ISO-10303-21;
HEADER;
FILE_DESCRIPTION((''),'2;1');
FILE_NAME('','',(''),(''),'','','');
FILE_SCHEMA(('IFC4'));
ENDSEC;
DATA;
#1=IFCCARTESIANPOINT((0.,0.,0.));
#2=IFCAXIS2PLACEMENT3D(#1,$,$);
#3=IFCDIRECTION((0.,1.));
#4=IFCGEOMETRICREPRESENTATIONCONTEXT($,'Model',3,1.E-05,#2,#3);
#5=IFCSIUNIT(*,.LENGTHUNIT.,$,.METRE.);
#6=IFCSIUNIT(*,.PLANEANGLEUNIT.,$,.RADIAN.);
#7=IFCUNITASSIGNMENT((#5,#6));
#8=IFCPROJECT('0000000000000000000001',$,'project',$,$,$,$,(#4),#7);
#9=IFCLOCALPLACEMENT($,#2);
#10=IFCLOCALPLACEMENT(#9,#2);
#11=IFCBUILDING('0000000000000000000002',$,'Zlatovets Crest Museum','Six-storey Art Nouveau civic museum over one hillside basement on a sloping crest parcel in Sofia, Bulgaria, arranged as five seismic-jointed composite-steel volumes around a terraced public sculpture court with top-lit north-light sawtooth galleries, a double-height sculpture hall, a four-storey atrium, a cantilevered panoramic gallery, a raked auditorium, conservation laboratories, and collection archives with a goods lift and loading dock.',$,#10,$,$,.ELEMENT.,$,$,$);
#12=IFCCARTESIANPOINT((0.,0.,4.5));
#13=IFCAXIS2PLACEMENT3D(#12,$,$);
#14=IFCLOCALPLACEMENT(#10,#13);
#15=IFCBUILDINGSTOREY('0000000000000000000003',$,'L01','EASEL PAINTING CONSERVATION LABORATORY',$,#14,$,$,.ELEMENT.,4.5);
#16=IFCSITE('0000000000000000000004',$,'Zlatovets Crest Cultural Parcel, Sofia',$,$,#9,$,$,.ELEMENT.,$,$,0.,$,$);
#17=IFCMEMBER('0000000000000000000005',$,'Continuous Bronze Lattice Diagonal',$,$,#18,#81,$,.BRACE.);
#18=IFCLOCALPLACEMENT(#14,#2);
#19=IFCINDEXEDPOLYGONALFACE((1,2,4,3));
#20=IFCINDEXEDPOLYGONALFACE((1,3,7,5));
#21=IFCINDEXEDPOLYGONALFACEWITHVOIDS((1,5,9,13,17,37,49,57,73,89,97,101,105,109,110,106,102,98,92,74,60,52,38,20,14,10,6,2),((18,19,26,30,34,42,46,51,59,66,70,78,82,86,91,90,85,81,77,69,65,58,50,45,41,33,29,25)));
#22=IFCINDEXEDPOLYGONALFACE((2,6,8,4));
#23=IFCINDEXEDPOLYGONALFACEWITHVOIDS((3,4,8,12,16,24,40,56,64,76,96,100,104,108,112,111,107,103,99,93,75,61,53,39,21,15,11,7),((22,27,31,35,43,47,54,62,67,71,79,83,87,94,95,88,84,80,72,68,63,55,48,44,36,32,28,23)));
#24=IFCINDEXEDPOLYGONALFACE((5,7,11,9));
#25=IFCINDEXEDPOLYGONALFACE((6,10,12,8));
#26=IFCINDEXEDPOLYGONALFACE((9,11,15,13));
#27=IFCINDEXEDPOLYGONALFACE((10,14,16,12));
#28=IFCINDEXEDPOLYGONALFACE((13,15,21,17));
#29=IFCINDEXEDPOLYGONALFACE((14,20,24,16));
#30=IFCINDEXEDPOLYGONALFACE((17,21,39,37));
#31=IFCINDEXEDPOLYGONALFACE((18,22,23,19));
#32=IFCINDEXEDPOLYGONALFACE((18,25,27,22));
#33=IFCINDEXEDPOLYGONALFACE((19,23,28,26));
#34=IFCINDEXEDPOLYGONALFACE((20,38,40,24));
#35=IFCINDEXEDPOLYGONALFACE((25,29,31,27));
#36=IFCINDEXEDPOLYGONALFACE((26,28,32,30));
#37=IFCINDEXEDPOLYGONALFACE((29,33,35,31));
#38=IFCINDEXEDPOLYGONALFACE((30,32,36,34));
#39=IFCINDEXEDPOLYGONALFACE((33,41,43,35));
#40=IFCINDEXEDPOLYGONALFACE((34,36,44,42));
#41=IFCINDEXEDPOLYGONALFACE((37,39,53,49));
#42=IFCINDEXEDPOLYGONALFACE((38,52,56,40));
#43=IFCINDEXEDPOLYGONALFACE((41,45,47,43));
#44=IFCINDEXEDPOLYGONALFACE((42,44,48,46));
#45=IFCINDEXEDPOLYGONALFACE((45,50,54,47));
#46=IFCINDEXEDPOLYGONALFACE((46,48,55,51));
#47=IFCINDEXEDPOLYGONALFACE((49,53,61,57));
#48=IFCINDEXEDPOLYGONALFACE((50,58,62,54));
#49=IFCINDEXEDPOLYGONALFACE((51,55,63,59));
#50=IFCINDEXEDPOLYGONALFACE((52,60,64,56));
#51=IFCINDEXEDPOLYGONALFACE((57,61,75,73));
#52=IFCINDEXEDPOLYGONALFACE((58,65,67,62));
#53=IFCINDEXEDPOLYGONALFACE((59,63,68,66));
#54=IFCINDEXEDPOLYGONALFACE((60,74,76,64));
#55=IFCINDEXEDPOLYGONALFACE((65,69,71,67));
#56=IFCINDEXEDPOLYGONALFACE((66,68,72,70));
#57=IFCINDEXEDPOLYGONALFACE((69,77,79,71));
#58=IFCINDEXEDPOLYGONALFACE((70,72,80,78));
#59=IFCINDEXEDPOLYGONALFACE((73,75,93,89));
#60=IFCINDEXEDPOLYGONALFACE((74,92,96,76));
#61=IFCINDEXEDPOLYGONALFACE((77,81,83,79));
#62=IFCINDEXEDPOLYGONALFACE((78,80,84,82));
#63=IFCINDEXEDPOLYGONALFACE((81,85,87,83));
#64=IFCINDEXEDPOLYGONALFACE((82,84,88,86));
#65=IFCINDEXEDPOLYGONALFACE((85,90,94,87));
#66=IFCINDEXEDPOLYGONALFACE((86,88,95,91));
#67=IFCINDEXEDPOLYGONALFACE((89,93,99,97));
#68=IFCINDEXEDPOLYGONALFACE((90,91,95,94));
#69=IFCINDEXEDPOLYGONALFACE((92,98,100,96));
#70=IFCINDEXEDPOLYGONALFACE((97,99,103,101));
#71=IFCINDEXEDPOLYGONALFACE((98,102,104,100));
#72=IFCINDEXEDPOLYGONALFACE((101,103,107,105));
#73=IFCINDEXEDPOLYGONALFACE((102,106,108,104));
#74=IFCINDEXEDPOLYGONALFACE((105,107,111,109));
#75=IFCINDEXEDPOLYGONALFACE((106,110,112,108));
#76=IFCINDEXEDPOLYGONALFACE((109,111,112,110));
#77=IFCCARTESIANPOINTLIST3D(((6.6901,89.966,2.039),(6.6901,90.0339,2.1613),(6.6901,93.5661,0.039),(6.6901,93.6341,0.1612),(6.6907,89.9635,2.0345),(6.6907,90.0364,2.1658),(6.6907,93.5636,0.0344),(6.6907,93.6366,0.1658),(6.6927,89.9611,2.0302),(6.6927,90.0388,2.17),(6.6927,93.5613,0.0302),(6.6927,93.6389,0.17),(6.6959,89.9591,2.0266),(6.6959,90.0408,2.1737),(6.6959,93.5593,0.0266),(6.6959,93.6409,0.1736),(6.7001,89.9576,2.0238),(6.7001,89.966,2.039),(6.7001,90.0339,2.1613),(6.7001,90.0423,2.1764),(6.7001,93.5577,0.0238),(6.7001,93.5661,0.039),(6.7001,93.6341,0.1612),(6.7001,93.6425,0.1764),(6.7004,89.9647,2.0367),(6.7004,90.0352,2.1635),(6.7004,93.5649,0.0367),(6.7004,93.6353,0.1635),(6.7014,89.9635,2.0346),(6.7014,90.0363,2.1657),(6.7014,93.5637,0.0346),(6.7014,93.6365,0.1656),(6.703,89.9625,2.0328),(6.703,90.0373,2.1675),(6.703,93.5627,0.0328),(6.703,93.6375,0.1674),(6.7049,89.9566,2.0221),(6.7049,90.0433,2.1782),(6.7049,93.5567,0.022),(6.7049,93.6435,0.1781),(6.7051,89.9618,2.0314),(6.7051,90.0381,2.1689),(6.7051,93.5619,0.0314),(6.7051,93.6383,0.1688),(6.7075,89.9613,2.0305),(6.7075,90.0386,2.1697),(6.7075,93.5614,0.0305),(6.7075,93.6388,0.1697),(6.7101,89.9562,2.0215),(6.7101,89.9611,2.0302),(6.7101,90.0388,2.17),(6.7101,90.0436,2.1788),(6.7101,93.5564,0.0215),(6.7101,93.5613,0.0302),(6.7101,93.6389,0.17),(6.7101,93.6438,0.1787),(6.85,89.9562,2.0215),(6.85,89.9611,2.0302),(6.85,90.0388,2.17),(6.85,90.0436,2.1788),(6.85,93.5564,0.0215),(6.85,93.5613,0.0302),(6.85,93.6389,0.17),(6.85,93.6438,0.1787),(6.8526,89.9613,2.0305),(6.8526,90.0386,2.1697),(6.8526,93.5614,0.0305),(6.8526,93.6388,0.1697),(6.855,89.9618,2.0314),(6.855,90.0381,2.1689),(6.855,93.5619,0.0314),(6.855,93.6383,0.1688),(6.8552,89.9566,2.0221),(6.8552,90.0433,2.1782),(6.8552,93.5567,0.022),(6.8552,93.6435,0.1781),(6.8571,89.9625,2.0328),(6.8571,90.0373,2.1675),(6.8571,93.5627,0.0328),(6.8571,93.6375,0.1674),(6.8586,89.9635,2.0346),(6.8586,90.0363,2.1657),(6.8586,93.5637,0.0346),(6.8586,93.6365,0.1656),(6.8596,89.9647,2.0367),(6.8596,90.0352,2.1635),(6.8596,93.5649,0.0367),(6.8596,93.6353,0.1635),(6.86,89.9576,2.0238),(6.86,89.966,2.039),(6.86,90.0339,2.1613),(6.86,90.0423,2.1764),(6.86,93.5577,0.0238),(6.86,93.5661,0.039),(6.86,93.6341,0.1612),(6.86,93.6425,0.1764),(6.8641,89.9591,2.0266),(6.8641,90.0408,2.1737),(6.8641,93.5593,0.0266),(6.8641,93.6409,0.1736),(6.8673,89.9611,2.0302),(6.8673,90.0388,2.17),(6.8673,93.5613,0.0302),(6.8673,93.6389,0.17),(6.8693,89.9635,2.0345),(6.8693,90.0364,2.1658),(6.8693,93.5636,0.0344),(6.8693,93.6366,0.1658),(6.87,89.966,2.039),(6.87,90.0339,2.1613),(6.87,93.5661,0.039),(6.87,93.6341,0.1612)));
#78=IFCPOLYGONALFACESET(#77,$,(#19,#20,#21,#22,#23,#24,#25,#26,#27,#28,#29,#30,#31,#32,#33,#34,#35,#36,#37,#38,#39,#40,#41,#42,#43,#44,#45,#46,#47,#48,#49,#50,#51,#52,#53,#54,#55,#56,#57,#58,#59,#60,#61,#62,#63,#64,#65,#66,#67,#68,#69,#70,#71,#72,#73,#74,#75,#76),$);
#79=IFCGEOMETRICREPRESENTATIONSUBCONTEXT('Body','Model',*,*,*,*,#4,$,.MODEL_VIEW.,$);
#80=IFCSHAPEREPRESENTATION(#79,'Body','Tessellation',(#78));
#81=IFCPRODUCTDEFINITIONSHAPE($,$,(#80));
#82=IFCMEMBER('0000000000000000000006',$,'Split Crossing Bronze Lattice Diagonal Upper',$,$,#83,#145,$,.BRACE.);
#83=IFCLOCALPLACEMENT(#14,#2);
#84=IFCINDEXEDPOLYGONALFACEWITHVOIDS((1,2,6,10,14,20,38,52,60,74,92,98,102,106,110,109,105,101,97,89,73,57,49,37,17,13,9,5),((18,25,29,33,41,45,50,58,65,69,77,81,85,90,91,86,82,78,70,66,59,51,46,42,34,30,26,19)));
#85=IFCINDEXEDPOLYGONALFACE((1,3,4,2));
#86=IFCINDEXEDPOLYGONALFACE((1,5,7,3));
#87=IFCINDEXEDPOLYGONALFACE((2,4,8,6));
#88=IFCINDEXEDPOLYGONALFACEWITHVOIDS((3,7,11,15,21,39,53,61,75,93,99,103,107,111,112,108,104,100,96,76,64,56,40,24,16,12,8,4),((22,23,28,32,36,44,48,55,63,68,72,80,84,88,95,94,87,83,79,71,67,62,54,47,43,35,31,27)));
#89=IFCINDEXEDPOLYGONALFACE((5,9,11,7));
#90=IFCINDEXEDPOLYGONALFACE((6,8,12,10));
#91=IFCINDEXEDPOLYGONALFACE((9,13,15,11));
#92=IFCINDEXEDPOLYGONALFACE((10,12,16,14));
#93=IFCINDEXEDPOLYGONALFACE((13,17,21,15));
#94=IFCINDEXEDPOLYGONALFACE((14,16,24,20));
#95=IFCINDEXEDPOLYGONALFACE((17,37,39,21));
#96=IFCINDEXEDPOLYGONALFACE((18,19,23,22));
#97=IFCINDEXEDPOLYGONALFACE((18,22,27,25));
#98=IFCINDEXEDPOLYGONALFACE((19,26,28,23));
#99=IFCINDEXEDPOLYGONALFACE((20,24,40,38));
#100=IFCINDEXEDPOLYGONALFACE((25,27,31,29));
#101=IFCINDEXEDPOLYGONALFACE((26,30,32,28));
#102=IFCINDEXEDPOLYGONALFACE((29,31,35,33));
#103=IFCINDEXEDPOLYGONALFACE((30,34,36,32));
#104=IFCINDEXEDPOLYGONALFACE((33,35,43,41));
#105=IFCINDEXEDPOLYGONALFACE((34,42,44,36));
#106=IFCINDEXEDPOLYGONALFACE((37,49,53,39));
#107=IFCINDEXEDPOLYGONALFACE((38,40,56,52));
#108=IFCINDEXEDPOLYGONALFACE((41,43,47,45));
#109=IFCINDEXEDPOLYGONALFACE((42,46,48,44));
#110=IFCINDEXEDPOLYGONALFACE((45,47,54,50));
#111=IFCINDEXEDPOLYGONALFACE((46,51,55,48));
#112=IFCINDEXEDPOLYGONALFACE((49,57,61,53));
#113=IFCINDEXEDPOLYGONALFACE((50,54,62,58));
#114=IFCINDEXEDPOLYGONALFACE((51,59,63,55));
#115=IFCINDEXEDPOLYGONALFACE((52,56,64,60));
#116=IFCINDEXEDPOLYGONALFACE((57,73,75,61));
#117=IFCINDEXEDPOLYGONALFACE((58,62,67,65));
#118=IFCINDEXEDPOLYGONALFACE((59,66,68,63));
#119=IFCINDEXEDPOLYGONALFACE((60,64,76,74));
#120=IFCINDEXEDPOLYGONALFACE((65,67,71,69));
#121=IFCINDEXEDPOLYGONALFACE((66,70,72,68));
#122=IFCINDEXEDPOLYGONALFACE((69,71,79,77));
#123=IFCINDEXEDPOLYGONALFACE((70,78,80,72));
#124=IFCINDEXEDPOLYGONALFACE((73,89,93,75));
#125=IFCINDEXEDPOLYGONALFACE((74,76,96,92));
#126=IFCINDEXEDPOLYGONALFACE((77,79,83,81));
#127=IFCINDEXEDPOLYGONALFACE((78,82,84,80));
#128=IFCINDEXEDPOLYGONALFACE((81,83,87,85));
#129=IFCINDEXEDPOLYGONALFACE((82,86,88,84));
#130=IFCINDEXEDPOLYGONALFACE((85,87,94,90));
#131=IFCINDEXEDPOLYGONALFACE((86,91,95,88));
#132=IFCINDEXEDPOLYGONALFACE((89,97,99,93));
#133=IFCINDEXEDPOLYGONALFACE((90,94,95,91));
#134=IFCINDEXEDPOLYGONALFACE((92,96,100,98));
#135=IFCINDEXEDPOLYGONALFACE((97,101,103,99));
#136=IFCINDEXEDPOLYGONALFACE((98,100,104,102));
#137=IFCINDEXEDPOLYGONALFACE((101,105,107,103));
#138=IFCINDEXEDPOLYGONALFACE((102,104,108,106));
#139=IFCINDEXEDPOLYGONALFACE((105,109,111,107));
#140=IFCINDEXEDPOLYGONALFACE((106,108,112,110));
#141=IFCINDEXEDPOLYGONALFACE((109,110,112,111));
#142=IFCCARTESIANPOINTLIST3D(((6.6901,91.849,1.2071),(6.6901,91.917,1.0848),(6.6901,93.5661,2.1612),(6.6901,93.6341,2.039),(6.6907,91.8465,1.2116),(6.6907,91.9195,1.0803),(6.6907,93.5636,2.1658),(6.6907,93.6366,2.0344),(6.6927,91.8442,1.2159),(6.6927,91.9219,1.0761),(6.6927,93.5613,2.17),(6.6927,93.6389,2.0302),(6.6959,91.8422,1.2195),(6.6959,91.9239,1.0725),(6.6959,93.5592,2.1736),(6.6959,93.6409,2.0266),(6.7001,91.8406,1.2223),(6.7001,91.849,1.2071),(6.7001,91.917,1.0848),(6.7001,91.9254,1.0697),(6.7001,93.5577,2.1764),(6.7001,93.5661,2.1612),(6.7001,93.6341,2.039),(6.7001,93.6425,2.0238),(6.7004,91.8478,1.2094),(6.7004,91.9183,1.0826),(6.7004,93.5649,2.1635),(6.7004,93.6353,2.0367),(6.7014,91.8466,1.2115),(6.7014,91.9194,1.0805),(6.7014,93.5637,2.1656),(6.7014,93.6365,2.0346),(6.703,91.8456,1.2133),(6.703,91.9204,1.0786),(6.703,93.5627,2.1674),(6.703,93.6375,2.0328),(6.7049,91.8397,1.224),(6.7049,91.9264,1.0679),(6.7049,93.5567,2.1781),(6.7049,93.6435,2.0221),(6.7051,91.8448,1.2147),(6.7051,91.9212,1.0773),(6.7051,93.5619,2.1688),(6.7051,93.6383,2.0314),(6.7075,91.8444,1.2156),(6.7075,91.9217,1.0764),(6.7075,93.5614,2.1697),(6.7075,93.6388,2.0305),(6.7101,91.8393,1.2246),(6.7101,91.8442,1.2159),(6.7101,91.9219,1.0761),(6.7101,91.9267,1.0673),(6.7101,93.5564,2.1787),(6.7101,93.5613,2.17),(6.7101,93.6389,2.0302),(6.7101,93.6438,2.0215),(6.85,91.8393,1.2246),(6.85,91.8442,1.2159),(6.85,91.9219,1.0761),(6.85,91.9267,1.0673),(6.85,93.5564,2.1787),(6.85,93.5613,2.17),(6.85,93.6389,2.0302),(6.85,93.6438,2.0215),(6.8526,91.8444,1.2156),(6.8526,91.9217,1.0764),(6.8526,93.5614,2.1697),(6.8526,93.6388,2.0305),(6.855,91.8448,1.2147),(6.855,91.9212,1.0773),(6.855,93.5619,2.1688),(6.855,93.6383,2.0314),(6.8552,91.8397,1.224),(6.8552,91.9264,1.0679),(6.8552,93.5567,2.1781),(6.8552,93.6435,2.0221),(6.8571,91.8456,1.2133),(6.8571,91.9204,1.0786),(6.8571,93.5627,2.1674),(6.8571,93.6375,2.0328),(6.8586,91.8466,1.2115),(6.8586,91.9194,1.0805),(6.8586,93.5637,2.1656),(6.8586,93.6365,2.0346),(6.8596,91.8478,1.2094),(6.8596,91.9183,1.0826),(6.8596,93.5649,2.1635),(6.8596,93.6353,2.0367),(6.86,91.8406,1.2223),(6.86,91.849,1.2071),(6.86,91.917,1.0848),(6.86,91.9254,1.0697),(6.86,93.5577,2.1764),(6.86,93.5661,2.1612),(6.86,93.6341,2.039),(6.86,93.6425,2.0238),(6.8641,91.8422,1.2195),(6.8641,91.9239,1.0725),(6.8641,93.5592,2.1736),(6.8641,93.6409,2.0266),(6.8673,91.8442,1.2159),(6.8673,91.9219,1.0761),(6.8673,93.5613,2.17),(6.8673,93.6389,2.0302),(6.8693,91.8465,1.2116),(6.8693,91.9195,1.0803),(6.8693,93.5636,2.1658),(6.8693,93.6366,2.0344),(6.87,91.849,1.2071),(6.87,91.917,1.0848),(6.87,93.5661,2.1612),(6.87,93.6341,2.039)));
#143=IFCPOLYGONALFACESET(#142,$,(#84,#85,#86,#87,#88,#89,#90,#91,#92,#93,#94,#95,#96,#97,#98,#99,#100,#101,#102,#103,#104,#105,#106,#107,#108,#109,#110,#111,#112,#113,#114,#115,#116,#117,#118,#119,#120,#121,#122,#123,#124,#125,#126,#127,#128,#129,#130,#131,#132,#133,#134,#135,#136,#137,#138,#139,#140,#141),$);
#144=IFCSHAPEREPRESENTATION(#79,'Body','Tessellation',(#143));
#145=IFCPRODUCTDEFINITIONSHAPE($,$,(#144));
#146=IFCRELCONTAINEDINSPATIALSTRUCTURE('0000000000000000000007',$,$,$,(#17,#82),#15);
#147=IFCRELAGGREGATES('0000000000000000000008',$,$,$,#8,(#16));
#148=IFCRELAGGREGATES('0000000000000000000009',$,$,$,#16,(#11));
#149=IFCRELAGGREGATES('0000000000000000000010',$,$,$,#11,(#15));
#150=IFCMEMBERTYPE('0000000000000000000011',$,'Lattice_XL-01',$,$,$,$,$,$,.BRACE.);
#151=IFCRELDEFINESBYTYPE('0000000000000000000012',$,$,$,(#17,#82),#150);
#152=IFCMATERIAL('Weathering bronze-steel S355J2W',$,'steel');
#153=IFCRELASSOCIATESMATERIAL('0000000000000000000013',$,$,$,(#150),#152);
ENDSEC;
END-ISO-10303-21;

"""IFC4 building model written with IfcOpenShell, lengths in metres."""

from ifc_helpers import new_model, si_unit, direction, frame, origin, origin_2d, place, context, subcontext, project, spatial, hollow_rectangle, extrude, material, material_profile, profile_set, type_object, element, save


model = new_model("IFC4")

# Units and contexts
model_context = context("Model", 3, precision=1e-05, world=origin(), true_north=direction((0.0, 1.0)))
body_context = subcontext(model_context, "Body", "Model", "MODEL_VIEW")
ifc_project = project(units=[si_unit("LENGTHUNIT", "METRE"), si_unit("PLANEANGLEUNIT", "RADIAN")], contexts=[model_context])

# Site, building, storey
site_placement = place(None, origin())
site = spatial("IfcSite", under=ifc_project, at=site_placement, Name="Zlatovets Crest Cultural Parcel, Sofia", CompositionType="ELEMENT", RefElevation=0.0)
building_placement = place(site_placement, origin())
building = spatial("IfcBuilding", under=site, at=building_placement, Name="Zlatovets Crest Museum", Description="Six-storey Art Nouveau civic museum over one hillside basement on a sloping crest parcel in Sofia, Bulgaria, arranged as five seismic-jointed composite-steel volumes around a terraced public sculpture court with top-lit north-light sawtooth galleries, a double-height sculpture hall, a four-storey atrium, a cantilevered panoramic gallery, a raked auditorium, conservation laboratories, and collection archives with a goods lift and loading dock.", CompositionType="ELEMENT")
storey_placement = place(building_placement, frame((0.0, 0.0, 4.5)))
storey = spatial("IfcBuildingStorey", under=building, at=storey_placement, Name="L01", Description="EASEL PAINTING CONSERVATION LABORATORY", CompositionType="ELEMENT", Elevation=4.5)

# Members
ifc_material_1 = material(Name="Weathering bronze-steel S355J2W", Category="steel")
ifc_material_profile_1 = material_profile(ifc_material_1, hollow_rectangle(XDim=0.1799, YDim=0.1799, WallThickness=0.01, InnerFilletRadius=0.01, OuterFilletRadius=0.02, at=origin_2d()), Name="SHS 180x180x10.0")
ifc_profile_set_1 = profile_set([ifc_material_profile_1], Name="Weathering bronze-steel S355J2W")
member_type_1 = type_object("IfcMemberType", Name="Lattice_XL-01", PredefinedType="BRACE", material=ifc_profile_set_1)
member_1_placement = place(storey_placement, frame((6.78, 93.6001, 0.1001), z_axis=(0.0, -0.874163, 0.485633), x_axis=(1.0, 0.0, 0.0)))
element("IfcMember", 1, at=member_1_placement, inside=storey, type_object=member_type_1, Name="Continuous Bronze Lattice Diagonal", PredefinedType="BRACE", context=body_context, shape_type="SweptSolid", body=[
    extrude(hollow_rectangle(XDim=0.1799, YDim=0.1799, WallThickness=0.01, InnerFilletRadius=0.01, OuterFilletRadius=0.02, at=origin_2d()), origin(), (0.0, 0.0, 1.0), 4.1184),
])
member_2_placement = place(storey_placement, frame((6.78, 93.6001, 2.1001), z_axis=(0.0, -0.874116, -0.485717), x_axis=(1.0, 0.0, 0.0)))
element("IfcMember", 2, at=member_2_placement, inside=storey, type_object=member_type_1, Name="Split Crossing Bronze Lattice Diagonal Upper", PredefinedType="BRACE", context=body_context, shape_type="SweptSolid", body=[
    extrude(hollow_rectangle(XDim=0.1799, YDim=0.1799, WallThickness=0.01, InnerFilletRadius=0.01, OuterFilletRadius=0.02, at=origin_2d()), origin(), (0.0, 0.0, 1.0), 1.9644),
])

save(model, "model.ifc")
